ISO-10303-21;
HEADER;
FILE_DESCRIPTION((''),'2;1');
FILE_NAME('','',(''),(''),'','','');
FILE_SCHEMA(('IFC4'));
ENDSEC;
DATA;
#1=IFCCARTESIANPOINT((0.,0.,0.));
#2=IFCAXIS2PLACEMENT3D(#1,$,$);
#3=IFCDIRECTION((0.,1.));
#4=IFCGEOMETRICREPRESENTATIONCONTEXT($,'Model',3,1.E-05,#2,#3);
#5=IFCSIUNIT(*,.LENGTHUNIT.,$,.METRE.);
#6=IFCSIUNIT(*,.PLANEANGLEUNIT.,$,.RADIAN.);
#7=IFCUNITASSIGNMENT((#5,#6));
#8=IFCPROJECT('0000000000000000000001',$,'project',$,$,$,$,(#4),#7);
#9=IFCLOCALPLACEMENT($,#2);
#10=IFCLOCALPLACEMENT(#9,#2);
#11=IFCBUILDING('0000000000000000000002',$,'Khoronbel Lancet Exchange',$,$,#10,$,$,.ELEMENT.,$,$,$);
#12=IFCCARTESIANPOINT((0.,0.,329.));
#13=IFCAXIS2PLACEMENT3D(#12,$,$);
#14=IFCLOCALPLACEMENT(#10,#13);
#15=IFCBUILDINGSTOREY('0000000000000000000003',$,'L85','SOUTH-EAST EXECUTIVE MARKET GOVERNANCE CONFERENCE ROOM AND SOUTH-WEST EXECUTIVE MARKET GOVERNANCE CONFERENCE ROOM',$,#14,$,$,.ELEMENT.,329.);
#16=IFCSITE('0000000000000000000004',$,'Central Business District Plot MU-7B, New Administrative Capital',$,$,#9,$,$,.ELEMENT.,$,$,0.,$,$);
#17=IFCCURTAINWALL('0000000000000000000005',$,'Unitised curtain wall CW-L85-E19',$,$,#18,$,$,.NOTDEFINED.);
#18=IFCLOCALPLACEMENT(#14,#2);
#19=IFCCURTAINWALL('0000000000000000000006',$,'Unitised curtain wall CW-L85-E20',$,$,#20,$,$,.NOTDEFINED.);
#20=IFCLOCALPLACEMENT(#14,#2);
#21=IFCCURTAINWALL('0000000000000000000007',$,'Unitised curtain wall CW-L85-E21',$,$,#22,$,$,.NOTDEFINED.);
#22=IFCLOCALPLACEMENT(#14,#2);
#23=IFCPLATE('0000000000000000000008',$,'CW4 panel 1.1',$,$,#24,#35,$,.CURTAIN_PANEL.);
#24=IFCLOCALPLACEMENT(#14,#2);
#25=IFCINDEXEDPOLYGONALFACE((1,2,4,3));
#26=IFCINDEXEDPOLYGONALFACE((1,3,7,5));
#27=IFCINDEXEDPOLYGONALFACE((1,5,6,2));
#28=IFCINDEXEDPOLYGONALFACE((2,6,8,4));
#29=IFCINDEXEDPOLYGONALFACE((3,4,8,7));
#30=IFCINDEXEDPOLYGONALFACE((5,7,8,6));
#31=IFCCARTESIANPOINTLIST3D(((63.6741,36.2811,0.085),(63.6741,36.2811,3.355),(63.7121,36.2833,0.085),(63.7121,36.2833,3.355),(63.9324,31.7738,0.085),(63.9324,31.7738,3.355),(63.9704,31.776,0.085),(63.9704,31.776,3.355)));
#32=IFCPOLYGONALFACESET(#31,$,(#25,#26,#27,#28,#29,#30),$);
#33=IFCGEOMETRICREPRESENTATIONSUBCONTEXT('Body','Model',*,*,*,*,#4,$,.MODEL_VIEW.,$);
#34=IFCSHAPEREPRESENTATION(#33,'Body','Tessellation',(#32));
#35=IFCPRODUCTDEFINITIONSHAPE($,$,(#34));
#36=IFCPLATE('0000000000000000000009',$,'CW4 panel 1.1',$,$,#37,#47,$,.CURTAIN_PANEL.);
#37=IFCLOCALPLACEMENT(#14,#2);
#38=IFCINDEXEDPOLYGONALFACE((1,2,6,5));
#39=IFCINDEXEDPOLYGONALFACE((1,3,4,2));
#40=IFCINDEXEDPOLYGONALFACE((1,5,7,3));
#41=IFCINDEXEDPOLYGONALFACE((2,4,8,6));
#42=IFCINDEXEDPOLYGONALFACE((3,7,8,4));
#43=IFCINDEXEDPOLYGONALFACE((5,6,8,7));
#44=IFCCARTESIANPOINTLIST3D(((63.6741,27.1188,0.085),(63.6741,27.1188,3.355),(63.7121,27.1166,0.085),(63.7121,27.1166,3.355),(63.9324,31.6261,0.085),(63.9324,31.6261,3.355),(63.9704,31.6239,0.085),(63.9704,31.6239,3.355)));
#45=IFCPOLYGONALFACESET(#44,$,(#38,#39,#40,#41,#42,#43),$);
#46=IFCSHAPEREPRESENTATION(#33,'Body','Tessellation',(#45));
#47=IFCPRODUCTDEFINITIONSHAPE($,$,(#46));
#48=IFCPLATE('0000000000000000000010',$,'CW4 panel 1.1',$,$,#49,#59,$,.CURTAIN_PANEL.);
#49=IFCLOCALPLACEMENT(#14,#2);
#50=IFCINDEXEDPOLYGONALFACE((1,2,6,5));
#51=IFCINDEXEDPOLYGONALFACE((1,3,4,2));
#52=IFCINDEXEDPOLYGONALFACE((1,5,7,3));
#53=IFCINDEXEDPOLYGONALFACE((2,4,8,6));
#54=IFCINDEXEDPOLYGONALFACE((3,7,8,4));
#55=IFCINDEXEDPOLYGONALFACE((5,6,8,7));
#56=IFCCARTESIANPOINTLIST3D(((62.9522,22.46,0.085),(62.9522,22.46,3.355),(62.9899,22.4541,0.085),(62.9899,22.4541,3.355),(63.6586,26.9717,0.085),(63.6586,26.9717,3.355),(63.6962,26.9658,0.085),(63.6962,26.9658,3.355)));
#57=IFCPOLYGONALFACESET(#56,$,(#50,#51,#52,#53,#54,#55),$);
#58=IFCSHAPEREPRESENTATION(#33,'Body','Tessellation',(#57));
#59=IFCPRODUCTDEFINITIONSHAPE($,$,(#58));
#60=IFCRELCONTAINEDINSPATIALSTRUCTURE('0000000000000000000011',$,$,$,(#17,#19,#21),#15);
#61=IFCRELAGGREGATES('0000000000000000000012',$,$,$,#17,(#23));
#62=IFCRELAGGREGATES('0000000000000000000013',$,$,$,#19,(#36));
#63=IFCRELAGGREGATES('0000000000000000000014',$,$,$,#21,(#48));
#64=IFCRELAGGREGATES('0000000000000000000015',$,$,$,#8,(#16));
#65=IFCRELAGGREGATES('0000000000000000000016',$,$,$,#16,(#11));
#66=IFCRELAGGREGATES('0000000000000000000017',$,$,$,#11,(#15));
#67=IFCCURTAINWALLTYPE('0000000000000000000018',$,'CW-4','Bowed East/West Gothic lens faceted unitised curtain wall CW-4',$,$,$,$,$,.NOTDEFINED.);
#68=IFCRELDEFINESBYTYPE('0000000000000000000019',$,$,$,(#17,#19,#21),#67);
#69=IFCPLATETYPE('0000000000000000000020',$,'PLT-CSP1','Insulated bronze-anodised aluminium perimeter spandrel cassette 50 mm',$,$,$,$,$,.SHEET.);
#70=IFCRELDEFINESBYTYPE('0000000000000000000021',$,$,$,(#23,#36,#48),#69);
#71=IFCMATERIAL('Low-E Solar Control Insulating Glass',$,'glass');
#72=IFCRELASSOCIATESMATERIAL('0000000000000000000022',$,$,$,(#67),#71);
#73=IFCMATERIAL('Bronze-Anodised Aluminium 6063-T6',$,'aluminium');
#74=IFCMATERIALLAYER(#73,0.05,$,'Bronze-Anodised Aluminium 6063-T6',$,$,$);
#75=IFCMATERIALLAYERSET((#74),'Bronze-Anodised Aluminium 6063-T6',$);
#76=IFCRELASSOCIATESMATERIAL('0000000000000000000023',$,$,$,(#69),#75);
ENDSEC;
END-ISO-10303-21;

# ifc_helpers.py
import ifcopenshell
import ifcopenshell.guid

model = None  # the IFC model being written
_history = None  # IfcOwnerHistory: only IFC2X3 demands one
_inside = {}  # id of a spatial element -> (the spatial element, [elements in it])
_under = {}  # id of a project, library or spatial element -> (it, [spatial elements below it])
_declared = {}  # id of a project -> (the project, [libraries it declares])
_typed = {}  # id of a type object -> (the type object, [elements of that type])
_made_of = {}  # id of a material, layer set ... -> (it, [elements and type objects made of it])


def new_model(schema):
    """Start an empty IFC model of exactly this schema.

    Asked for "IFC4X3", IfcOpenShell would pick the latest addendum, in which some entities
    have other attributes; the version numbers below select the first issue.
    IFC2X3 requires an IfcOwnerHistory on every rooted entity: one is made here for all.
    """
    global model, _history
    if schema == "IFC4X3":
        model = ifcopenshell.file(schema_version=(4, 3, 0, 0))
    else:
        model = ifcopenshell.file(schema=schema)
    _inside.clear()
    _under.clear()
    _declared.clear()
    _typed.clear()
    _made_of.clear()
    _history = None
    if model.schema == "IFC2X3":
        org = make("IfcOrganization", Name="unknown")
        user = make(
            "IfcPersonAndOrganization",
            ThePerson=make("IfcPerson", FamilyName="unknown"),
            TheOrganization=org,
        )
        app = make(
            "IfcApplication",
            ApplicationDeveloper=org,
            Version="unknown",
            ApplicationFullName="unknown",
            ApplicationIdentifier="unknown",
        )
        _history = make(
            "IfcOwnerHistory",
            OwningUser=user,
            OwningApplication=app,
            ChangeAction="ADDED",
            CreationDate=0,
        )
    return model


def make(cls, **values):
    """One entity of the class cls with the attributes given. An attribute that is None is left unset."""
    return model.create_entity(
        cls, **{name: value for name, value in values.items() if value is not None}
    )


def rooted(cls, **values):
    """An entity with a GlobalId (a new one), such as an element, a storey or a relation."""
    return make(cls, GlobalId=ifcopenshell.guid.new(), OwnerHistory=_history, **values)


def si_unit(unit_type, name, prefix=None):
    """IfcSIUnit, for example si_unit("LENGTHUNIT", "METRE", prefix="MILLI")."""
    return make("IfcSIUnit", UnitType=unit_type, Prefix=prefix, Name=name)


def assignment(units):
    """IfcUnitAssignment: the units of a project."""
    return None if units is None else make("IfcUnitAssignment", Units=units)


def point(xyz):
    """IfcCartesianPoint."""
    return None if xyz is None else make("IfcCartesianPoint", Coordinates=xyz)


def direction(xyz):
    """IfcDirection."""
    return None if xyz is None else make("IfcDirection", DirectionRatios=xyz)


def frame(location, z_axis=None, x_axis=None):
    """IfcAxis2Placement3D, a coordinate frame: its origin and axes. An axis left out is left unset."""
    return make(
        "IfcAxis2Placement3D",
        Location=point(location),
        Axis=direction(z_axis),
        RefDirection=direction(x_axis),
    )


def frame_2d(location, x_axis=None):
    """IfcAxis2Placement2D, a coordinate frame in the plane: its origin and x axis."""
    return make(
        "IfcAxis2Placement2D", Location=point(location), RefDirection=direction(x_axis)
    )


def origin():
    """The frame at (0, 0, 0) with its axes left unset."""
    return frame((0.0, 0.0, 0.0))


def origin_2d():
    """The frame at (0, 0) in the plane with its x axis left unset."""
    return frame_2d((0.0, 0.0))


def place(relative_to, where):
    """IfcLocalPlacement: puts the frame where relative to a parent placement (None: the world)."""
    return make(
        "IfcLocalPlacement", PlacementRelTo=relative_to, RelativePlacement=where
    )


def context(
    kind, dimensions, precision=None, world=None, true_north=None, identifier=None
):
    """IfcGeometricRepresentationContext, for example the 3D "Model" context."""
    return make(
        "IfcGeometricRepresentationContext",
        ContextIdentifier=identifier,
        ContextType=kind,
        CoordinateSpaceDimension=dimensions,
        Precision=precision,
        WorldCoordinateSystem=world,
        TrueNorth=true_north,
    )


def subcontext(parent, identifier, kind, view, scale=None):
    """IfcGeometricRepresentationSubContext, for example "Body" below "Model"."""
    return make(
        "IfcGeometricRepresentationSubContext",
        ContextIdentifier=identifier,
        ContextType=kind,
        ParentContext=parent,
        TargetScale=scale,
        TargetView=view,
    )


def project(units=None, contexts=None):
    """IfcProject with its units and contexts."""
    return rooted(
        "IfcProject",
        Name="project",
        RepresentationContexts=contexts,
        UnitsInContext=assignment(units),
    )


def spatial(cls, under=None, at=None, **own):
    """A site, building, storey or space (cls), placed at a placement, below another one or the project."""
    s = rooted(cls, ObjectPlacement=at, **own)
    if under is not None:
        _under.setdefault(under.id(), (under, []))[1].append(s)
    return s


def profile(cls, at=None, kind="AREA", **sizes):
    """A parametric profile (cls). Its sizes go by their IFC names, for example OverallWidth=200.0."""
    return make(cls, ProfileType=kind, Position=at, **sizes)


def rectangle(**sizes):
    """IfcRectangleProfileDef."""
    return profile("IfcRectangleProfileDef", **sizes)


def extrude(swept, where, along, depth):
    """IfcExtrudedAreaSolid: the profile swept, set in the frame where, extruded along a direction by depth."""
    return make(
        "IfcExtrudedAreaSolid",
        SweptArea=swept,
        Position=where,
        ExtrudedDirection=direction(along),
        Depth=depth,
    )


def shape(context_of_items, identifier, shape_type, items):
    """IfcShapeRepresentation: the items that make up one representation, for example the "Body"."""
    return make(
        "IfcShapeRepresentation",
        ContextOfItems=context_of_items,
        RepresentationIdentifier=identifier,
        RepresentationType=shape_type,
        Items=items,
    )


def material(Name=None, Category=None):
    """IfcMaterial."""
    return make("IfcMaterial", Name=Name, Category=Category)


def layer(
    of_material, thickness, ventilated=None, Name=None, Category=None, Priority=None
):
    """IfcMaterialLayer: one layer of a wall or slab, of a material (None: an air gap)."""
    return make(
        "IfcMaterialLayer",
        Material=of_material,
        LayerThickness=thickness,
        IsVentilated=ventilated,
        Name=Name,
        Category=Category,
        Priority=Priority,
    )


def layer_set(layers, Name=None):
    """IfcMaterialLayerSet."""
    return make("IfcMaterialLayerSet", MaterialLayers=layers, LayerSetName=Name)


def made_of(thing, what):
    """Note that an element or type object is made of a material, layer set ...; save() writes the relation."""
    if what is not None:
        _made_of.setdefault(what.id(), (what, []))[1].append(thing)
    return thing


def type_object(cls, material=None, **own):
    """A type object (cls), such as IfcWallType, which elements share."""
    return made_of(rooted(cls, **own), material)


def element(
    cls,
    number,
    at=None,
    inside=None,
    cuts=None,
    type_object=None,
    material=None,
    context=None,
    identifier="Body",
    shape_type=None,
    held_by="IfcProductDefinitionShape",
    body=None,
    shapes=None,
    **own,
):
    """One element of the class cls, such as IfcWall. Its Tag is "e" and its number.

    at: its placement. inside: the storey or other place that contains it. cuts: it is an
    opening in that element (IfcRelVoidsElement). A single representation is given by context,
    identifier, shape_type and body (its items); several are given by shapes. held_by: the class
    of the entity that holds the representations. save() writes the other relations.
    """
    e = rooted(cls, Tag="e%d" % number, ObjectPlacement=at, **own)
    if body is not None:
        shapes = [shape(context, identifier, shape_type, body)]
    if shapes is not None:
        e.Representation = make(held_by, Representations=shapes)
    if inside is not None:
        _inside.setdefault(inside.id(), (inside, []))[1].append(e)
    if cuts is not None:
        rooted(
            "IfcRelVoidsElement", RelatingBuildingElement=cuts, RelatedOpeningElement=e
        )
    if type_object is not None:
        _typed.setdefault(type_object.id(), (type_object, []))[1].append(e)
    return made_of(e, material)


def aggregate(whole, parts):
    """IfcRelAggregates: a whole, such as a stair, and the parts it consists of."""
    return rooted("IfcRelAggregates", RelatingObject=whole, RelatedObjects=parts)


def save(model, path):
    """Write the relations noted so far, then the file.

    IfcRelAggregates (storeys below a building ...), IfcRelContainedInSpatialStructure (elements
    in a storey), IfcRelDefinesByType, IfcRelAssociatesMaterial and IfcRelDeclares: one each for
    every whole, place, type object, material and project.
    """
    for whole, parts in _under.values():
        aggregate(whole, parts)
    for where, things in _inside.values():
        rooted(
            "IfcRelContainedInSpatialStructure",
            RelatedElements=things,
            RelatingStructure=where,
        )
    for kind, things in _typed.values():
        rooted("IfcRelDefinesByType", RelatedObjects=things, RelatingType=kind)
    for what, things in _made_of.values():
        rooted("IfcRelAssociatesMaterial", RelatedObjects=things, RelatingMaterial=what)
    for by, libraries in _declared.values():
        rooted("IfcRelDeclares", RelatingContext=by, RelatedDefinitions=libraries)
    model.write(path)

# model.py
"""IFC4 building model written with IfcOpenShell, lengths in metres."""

from ifc_helpers import new_model, si_unit, direction, frame, origin, origin_2d, place, context, subcontext, project, spatial, rectangle, extrude, material, layer, layer_set, type_object, element, aggregate, save


model = new_model("IFC4")

# Units and contexts
model_context = context("Model", 3, precision=1e-05, world=origin(), true_north=direction((0.0, 1.0)))
body_context = subcontext(model_context, "Body", "Model", "MODEL_VIEW")
ifc_project = project(units=[si_unit("LENGTHUNIT", "METRE"), si_unit("PLANEANGLEUNIT", "RADIAN")], contexts=[model_context])

# Site, building, storey
site_placement = place(None, origin())
site = spatial("IfcSite", under=ifc_project, at=site_placement, Name="Central Business District Plot MU-7B, New Administrative Capital", CompositionType="ELEMENT", RefElevation=0.0)
building_placement = place(site_placement, origin())
building = spatial("IfcBuilding", under=site, at=building_placement, Name="Khoronbel Lancet Exchange", CompositionType="ELEMENT")
storey_placement = place(building_placement, frame((0.0, 0.0, 329.0)))
storey = spatial("IfcBuildingStorey", under=building, at=storey_placement, Name="L85", Description="SOUTH-EAST EXECUTIVE MARKET GOVERNANCE CONFERENCE ROOM AND SOUTH-WEST EXECUTIVE MARKET GOVERNANCE CONFERENCE ROOM", CompositionType="ELEMENT", Elevation=329.0)

# Shared definitions
ifc_material_1 = material(Name="Low-E Solar Control Insulating Glass", Category="glass")
curtain_wall_type = type_object("IfcCurtainWallType", Name="CW-4", Description="Bowed East/West Gothic lens faceted unitised curtain wall CW-4", PredefinedType="NOTDEFINED", material=ifc_material_1)
ifc_material_2 = material(Name="Bronze-Anodised Aluminium 6063-T6", Category="aluminium")

# Curtain walls
curtain_wall_1_placement = place(storey_placement, origin())
curtain_wall_1 = element("IfcCurtainWall", 1, at=curtain_wall_1_placement, inside=storey, type_object=curtain_wall_type, Name="Unitised curtain wall CW-L85-E19", PredefinedType="NOTDEFINED")
curtain_wall_2_placement = place(storey_placement, origin())
curtain_wall_2 = element("IfcCurtainWall", 2, at=curtain_wall_2_placement, inside=storey, type_object=curtain_wall_type, Name="Unitised curtain wall CW-L85-E20", PredefinedType="NOTDEFINED")
curtain_wall_3_placement = place(storey_placement, origin())
curtain_wall_3 = element("IfcCurtainWall", 3, at=curtain_wall_3_placement, inside=storey, type_object=curtain_wall_type, Name="Unitised curtain wall CW-L85-E21", PredefinedType="NOTDEFINED")

# Plates
ifc_layer = layer(ifc_material_2, 0.05, Name="Bronze-Anodised Aluminium 6063-T6")
ifc_layer_set = layer_set([ifc_layer], Name="Bronze-Anodised Aluminium 6063-T6")
plate_type = type_object("IfcPlateType", Name="PLT-CSP1", Description="Insulated bronze-anodised aluminium perimeter spandrel cassette 50 mm", PredefinedType="SHEET", material=ifc_layer_set)
plate_1_placement = place(storey_placement, frame((63.8223, 34.0286, 0.085), z_axis=(0.0, 0.0, 1.0), x_axis=(0.057216, -0.998362, 0.0)))
plate_1 = element("IfcPlate", 4, at=plate_1_placement, type_object=plate_type, Name="CW4 panel 1.1", PredefinedType="CURTAIN_PANEL", context=body_context, shape_type="SweptSolid", body=[
    extrude(rectangle(XDim=4.5146, YDim=0.0381, at=origin_2d()), origin(), (0.0, 0.0, 1.0), 3.27),
])
aggregate(curtain_wall_1, [plate_1])
plate_2_placement = place(storey_placement, frame((63.8223, 29.3713, 0.085), z_axis=(0.0, 0.0, 1.0), x_axis=(-0.057216, -0.998362, 0.0)))
plate_2 = element("IfcPlate", 5, at=plate_2_placement, type_object=plate_type, Name="CW4 panel 1.1", PredefinedType="CURTAIN_PANEL", context=body_context, shape_type="SweptSolid", body=[
    extrude(rectangle(XDim=4.5146, YDim=0.0381, at=origin_2d()), origin(), (0.0, 0.0, 1.0), 3.27),
])
aggregate(curtain_wall_2, [plate_2])
plate_3_placement = place(storey_placement, frame((63.3242, 24.7129, 0.085), z_axis=(0.0, 0.0, 1.0), x_axis=(-0.154668, -0.987967, 0.0)))
plate_3 = element("IfcPlate", 6, at=plate_3_placement, type_object=plate_type, Name="CW4 panel 1.1", PredefinedType="CURTAIN_PANEL", context=body_context, shape_type="SweptSolid", body=[
    extrude(rectangle(XDim=4.5667, YDim=0.0381, at=origin_2d()), origin(), (0.0, 0.0, 1.0), 3.27),
])
aggregate(curtain_wall_3, [plate_3])

save(model, "model.ifc")
